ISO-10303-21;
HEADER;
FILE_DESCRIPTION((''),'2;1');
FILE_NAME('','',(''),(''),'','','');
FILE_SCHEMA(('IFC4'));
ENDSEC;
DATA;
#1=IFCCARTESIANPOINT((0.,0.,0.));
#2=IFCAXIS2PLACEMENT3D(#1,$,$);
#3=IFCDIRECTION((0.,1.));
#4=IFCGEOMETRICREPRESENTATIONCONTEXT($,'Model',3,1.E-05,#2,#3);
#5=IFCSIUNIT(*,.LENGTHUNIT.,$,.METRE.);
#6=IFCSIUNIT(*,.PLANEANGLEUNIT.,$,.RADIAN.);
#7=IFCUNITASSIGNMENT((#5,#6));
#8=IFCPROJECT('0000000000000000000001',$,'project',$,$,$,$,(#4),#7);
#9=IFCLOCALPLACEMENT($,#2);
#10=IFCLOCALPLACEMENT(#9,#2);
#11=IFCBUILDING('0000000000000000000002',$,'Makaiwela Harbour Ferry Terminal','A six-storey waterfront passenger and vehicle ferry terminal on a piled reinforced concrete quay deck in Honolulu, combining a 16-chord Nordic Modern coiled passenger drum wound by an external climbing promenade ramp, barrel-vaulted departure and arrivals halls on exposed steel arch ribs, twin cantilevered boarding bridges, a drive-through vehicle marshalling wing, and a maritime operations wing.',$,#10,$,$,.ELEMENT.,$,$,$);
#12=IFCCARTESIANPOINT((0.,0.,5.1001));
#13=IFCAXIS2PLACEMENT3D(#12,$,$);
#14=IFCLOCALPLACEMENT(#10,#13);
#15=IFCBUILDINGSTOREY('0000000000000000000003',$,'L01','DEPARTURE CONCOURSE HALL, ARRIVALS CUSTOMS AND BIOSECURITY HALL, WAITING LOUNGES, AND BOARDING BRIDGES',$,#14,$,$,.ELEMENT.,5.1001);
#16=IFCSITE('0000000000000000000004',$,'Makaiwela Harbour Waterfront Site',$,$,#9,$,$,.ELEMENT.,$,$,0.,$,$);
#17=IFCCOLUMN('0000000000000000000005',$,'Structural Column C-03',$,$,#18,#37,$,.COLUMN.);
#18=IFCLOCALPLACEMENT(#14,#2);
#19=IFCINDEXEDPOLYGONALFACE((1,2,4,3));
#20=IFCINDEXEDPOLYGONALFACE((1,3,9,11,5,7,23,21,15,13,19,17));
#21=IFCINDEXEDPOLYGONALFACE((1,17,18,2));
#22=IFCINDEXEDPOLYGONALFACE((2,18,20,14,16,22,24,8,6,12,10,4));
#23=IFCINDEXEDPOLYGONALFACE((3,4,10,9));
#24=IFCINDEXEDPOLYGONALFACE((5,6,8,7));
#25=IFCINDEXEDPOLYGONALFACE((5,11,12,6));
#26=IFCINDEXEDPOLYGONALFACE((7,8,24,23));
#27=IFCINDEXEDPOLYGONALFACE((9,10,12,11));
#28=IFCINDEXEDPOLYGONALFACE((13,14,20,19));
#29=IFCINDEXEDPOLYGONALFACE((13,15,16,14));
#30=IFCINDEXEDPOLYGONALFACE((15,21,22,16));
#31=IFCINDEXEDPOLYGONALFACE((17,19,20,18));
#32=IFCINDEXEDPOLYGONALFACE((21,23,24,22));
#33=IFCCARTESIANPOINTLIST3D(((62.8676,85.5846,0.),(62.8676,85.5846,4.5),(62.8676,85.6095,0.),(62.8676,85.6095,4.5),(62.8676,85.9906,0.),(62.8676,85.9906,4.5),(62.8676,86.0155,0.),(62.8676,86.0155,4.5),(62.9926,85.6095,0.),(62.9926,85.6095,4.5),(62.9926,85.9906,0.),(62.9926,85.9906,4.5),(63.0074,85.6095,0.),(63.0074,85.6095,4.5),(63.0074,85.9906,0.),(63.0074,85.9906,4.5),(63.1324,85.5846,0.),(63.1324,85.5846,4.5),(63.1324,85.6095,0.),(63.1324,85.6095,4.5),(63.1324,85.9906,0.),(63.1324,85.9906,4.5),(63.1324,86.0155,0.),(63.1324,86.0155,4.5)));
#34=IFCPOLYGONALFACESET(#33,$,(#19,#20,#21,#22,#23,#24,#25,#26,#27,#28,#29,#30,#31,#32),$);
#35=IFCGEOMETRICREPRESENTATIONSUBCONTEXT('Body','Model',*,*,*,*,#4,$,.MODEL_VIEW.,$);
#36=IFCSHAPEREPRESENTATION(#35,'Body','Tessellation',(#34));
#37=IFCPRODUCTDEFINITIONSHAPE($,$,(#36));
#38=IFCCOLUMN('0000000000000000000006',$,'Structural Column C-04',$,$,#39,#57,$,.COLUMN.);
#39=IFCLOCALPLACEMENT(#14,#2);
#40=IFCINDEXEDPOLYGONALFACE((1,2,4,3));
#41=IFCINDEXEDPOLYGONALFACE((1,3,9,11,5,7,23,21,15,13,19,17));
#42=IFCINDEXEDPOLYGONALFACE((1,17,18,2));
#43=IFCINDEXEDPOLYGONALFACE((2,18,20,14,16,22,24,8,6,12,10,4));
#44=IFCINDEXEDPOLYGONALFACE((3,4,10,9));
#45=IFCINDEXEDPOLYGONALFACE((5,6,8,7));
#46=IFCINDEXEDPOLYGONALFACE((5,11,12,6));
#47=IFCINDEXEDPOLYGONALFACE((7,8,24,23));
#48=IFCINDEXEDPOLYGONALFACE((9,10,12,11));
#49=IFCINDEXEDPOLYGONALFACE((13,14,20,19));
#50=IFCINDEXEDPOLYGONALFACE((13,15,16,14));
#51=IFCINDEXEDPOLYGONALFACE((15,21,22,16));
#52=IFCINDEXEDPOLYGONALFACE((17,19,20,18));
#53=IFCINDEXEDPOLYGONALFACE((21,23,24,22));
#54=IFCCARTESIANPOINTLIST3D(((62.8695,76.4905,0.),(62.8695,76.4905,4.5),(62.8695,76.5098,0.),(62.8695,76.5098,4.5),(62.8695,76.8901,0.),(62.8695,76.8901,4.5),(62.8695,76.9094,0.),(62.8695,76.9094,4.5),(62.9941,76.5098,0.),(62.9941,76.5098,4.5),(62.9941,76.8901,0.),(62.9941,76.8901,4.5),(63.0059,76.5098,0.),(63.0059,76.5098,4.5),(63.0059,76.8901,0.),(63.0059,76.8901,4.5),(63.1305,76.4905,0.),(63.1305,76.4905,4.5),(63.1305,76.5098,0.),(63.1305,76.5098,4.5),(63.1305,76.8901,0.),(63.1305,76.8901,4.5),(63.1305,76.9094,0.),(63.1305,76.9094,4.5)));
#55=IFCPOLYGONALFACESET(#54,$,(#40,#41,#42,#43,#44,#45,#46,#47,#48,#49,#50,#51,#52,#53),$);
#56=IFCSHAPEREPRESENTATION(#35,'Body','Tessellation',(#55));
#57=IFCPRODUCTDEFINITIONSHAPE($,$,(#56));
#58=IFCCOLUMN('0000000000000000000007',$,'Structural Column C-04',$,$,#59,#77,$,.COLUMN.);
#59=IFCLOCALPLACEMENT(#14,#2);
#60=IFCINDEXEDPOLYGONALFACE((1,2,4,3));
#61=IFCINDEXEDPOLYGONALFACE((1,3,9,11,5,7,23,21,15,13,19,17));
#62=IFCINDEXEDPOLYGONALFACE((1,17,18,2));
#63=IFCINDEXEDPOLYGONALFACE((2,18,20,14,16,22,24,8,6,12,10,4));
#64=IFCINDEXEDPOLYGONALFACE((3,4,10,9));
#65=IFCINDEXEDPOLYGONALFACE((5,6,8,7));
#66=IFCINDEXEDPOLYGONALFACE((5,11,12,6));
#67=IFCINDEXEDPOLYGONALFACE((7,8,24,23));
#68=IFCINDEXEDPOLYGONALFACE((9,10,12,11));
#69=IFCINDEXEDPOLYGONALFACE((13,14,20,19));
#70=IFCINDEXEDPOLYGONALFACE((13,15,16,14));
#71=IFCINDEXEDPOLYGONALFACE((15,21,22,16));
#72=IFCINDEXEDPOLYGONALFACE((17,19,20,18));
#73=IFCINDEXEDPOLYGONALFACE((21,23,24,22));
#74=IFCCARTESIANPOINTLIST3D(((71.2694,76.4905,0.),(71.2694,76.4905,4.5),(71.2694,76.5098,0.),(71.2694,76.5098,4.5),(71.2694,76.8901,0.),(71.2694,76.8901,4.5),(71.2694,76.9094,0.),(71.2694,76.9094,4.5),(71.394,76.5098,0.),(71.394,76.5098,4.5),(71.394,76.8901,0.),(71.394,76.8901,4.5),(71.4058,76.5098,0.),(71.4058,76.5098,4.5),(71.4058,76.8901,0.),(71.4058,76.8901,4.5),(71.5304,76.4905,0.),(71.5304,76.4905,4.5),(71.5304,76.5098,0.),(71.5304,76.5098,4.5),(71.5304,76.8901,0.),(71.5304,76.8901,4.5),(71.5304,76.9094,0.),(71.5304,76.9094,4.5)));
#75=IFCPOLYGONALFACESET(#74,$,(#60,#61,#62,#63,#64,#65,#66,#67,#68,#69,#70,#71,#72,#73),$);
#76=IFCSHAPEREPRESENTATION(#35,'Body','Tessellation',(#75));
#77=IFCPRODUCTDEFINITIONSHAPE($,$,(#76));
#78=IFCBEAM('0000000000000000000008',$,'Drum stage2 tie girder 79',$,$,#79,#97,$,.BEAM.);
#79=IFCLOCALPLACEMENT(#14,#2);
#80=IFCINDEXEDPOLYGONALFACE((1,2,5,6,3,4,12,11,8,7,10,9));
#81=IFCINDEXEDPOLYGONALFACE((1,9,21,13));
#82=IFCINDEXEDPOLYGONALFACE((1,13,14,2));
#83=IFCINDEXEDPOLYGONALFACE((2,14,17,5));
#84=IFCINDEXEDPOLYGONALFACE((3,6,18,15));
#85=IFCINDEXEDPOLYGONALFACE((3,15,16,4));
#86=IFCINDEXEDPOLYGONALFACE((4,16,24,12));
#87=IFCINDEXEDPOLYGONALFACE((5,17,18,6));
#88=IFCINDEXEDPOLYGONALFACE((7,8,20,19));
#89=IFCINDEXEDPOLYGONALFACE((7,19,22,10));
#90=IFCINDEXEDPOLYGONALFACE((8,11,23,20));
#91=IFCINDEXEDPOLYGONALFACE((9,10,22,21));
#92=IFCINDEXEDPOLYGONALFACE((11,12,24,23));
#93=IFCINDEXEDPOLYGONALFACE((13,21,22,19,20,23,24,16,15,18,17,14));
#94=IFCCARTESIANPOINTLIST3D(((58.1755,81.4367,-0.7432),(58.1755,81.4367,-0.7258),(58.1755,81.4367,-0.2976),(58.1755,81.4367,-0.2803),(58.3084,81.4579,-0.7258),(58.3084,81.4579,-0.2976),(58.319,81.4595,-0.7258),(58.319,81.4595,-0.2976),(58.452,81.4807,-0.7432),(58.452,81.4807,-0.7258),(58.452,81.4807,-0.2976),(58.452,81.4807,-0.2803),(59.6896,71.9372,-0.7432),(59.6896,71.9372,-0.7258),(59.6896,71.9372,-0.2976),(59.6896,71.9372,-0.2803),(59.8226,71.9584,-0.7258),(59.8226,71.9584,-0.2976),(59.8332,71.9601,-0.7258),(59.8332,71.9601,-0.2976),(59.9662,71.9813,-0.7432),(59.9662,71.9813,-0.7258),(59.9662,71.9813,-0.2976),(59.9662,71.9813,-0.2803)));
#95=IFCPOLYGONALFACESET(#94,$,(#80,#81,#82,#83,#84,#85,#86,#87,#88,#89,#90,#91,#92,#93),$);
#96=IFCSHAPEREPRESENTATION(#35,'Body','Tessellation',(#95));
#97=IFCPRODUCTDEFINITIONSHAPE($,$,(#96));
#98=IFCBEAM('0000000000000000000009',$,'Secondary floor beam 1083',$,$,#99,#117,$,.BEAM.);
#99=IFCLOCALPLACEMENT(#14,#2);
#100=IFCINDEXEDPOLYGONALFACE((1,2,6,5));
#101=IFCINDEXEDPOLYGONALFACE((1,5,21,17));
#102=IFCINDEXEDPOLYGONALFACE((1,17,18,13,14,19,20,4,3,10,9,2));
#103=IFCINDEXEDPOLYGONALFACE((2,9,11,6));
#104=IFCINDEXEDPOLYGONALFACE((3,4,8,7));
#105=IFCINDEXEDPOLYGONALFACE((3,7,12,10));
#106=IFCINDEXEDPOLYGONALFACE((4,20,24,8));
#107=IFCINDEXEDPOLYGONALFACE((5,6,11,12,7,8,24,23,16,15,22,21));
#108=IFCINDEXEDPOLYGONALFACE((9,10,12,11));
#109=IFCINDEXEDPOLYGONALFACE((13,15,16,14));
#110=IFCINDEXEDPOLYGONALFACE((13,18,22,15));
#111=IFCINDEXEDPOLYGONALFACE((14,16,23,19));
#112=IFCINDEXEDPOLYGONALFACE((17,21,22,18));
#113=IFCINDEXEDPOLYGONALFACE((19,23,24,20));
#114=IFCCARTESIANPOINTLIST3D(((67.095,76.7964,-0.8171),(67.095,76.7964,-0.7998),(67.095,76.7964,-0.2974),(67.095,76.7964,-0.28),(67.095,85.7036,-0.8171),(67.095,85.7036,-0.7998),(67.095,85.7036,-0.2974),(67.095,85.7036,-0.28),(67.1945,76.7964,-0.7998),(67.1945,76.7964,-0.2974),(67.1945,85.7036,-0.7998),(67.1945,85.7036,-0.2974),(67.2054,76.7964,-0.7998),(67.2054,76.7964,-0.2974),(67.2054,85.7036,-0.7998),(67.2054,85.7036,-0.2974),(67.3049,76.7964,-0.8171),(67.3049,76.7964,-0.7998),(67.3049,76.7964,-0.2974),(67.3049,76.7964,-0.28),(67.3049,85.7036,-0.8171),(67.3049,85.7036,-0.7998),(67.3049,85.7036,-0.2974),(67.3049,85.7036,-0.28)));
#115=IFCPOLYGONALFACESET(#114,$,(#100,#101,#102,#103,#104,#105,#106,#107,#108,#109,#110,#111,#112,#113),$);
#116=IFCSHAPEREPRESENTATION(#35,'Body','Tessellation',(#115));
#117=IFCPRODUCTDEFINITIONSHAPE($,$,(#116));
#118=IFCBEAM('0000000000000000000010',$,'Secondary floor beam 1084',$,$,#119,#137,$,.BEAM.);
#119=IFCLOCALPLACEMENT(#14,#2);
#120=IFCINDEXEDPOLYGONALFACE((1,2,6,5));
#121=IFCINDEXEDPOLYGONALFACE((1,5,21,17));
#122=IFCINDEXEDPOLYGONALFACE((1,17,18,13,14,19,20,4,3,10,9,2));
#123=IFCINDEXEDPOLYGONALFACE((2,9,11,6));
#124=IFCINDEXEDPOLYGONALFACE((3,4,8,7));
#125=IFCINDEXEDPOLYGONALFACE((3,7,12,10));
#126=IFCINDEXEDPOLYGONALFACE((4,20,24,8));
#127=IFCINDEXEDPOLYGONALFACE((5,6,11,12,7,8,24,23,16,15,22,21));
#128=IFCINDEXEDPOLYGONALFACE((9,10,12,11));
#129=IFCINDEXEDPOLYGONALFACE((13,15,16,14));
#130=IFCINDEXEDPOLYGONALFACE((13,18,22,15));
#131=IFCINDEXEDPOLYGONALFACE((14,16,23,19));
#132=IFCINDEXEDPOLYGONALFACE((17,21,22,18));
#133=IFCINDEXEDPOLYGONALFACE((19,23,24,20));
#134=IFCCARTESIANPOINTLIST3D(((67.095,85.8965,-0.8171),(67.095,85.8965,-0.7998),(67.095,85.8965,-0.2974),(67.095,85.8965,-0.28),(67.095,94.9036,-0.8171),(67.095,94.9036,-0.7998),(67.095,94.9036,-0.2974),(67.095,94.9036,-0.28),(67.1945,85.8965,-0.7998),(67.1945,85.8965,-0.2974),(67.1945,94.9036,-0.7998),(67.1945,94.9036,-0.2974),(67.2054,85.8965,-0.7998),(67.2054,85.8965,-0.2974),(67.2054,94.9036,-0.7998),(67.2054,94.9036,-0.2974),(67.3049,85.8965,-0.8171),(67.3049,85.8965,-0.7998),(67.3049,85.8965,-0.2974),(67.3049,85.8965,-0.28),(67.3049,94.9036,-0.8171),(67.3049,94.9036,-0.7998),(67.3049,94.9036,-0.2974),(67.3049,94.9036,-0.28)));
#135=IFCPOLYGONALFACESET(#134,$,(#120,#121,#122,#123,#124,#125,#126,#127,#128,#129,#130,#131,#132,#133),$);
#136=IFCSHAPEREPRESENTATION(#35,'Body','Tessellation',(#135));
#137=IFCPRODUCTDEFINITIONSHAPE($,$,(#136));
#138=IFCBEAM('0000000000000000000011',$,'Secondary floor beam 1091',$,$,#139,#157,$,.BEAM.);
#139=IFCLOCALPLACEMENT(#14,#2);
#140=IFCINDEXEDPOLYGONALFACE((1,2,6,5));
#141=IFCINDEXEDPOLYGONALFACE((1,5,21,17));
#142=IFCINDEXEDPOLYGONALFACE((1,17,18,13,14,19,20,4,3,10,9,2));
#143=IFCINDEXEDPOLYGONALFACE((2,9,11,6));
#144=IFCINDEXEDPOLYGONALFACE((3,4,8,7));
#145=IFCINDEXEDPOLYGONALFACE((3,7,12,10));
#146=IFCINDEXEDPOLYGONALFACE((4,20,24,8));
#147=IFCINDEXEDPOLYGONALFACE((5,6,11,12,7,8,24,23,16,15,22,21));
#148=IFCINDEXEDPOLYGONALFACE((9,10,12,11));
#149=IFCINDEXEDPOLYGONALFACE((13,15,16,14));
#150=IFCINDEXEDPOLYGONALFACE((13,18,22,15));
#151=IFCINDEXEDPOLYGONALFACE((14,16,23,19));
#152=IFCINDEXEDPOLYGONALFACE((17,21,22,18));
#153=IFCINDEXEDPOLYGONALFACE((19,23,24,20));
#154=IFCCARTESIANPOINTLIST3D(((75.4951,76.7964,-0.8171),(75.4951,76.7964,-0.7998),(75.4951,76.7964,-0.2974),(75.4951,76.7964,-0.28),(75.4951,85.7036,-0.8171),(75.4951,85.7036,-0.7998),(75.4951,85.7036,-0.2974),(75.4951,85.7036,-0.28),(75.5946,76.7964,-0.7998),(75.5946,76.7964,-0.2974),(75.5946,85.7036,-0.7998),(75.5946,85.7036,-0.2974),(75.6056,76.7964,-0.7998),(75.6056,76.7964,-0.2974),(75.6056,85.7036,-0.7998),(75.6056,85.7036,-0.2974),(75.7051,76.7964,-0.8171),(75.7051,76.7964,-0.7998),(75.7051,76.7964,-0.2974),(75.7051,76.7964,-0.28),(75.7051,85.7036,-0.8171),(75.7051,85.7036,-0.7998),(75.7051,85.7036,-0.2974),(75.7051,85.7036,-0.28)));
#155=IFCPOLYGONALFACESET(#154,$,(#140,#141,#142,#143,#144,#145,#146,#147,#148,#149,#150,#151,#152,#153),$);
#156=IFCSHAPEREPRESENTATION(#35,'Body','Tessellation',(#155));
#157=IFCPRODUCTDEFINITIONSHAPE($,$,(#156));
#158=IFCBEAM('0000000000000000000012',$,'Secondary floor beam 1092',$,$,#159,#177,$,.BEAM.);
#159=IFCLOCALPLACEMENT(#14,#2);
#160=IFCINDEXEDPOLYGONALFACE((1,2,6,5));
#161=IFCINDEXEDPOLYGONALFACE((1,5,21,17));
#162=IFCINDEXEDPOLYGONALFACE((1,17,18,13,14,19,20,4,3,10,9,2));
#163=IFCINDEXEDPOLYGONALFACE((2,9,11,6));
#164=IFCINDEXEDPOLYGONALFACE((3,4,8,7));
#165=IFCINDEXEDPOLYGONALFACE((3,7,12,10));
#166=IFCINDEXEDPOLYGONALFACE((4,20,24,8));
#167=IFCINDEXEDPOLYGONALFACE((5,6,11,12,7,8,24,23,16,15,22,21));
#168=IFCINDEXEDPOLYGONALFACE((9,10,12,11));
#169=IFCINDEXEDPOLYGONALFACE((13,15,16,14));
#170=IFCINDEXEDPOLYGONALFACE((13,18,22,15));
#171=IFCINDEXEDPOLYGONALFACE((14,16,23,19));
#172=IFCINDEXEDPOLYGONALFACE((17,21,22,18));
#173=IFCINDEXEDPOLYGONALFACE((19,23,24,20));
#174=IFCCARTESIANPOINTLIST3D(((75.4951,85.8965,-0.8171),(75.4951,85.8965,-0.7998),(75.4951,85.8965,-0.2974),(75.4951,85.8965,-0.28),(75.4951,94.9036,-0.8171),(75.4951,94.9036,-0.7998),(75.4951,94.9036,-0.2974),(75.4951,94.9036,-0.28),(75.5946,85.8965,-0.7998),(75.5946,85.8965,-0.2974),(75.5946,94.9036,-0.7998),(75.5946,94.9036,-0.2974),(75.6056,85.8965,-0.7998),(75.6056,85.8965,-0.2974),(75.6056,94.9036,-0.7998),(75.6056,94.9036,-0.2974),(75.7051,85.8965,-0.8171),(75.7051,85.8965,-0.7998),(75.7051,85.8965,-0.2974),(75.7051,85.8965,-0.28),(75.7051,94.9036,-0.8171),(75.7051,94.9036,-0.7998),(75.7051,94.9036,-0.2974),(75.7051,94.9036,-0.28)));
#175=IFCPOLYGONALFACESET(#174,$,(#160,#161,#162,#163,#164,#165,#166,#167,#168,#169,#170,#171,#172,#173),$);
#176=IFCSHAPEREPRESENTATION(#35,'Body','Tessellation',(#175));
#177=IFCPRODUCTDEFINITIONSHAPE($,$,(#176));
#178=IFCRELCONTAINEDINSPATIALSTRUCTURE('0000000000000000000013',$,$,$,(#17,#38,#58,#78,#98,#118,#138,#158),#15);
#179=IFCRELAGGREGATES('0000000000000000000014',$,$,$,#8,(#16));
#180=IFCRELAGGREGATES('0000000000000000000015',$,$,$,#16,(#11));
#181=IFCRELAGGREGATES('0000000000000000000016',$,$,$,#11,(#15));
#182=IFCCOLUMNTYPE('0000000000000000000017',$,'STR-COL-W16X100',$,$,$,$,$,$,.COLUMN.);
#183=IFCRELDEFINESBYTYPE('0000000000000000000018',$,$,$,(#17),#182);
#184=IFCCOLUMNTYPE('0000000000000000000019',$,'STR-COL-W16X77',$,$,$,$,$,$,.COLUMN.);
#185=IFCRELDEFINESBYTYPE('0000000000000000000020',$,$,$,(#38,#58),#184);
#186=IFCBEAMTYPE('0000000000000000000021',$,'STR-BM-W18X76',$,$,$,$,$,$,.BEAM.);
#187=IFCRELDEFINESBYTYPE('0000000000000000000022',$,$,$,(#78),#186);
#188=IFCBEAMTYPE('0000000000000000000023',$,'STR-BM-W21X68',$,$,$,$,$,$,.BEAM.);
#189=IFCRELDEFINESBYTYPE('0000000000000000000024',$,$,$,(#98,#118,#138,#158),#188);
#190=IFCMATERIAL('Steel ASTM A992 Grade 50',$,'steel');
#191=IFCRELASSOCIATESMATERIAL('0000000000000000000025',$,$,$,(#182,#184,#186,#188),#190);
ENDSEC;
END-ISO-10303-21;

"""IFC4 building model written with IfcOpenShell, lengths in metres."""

from ifc_helpers import new_model, si_unit, direction, frame, origin, origin_2d, place, context, subcontext, project, spatial, i_section, extrude, material, material_profile, profile_set, type_object, element, save


model = new_model("IFC4")

# Units and contexts
model_context = context("Model", 3, precision=1e-05, world=origin(), true_north=direction((0.0, 1.0)))
body_context = subcontext(model_context, "Body", "Model", "MODEL_VIEW")
ifc_project = project(units=[si_unit("LENGTHUNIT", "METRE"), si_unit("PLANEANGLEUNIT", "RADIAN")], contexts=[model_context])

# Site, building, storey
site_placement = place(None, origin())
site = spatial("IfcSite", under=ifc_project, at=site_placement, Name="Makaiwela Harbour Waterfront Site", CompositionType="ELEMENT", RefElevation=0.0)
building_placement = place(site_placement, origin())
building = spatial("IfcBuilding", under=site, at=building_placement, Name="Makaiwela Harbour Ferry Terminal", Description="A six-storey waterfront passenger and vehicle ferry terminal on a piled reinforced concrete quay deck in Honolulu, combining a 16-chord Nordic Modern coiled passenger drum wound by an external climbing promenade ramp, barrel-vaulted departure and arrivals halls on exposed steel arch ribs, twin cantilevered boarding bridges, a drive-through vehicle marshalling wing, and a maritime operations wing.", CompositionType="ELEMENT")
storey_placement = place(building_placement, frame((0.0, 0.0, 5.1001)))
storey = spatial("IfcBuildingStorey", under=building, at=storey_placement, Name="L01", Description="DEPARTURE CONCOURSE HALL, ARRIVALS CUSTOMS AND BIOSECURITY HALL, WAITING LOUNGES, AND BOARDING BRIDGES", CompositionType="ELEMENT", Elevation=5.1001)

# Columns
ifc_material_1 = material(Name="Steel ASTM A992 Grade 50", Category="steel")
ifc_material_profile_1 = material_profile(ifc_material_1, i_section(OverallWidth=0.2649, OverallDepth=0.4309, WebThickness=0.0149, FlangeThickness=0.0249, at=origin_2d()), Name="W16X100")
ifc_profile_set_1 = profile_set([ifc_material_profile_1], Name="Steel ASTM A992 Grade 50")
column_type_1 = type_object("IfcColumnType", Name="STR-COL-W16X100", PredefinedType="COLUMN", material=ifc_profile_set_1)
column_placement = place(storey_placement, frame((63.0, 85.8, 0.0), z_axis=(0.0, 0.0, 1.0), x_axis=(1.0, 0.0, 0.0)))
element("IfcColumn", 1, at=column_placement, inside=storey, type_object=column_type_1, Name="Structural Column C-03", PredefinedType="COLUMN", context=body_context, shape_type="SweptSolid", body=[
    extrude(i_section(OverallWidth=0.2649, OverallDepth=0.4309, WebThickness=0.0149, FlangeThickness=0.0249, at=origin_2d()), origin(), (0.0, 0.0, 1.0), 4.5),
])
ifc_material_profile_2 = material_profile(ifc_material_1, i_section(OverallWidth=0.261, OverallDepth=0.4189, WebThickness=0.0117, FlangeThickness=0.0193, at=origin_2d()), Name="W16X77")
ifc_profile_set_2 = profile_set([ifc_material_profile_2], Name="Steel ASTM A992 Grade 50")
column_type_2 = type_object("IfcColumnType", Name="STR-COL-W16X77", PredefinedType="COLUMN", material=ifc_profile_set_2)
for number, where, z_axis, x_axis, name in (
    (2, (63.0, 76.7, 0.0), (0.0, 0.0, 1.0), (1.0, 0.0, 0.0), "Structural Column C-04"),
    (3, (71.3999, 76.7, 0.0), (0.0, 0.0, 1.0), (1.0, 0.0, 0.0), "Structural Column C-04"),
):
    element("IfcColumn", number, at=place(storey_placement, frame(where, z_axis=z_axis, x_axis=x_axis)), inside=storey, type_object=column_type_2, Name=name, PredefinedType="COLUMN", context=body_context, shape_type="SweptSolid", body=[
        extrude(i_section(OverallWidth=0.261, OverallDepth=0.4189, WebThickness=0.0117, FlangeThickness=0.0193, at=origin_2d()), origin(), (0.0, 0.0, 1.0), 4.5),
    ])

# Beams
ifc_material_profile_3 = material_profile(ifc_material_1, i_section(OverallWidth=0.28, OverallDepth=0.4629, WebThickness=0.0107, FlangeThickness=0.0173, at=origin_2d()), Name="W18X76")
ifc_profile_set_3 = profile_set([ifc_material_profile_3], Name="Steel ASTM A992 Grade 50")
beam_type_1 = type_object("IfcBeamType", Name="STR-BM-W18X76", PredefinedType="BEAM", material=ifc_profile_set_3)
beam_1_placement = place(storey_placement, frame((59.8279, 71.9592, -0.5117), z_axis=(-0.157406, 0.987534, 0.0), x_axis=(-0.987534, -0.157406, 0.0)))
element("IfcBeam", 4, at=beam_1_placement, inside=storey, type_object=beam_type_1, Name="Drum stage2 tie girder 79", PredefinedType="BEAM", context=body_context, shape_type="SweptSolid", body=[
    extrude(i_section(OverallWidth=0.28, OverallDepth=0.4629, WebThickness=0.0107, FlangeThickness=0.0173, at=origin_2d()), origin(), (0.0, 0.0, 1.0), 9.6194),
])
ifc_material_profile_4 = material_profile(ifc_material_1, i_section(OverallWidth=0.21, OverallDepth=0.5371, WebThickness=0.011, FlangeThickness=0.0173, at=origin_2d()), Name="W21X68")
ifc_profile_set_4 = profile_set([ifc_material_profile_4], Name="Steel ASTM A992 Grade 50")
beam_type_2 = type_object("IfcBeamType", Name="STR-BM-W21X68", PredefinedType="BEAM", material=ifc_profile_set_4)
beam_2_placement = place(storey_placement, frame((67.2, 76.7964, -0.5486), z_axis=(0.0, 1.0, 0.0), x_axis=(-1.0, 0.0, 0.0)))
element("IfcBeam", 5, at=beam_2_placement, inside=storey, type_object=beam_type_2, Name="Secondary floor beam 1083", PredefinedType="BEAM", context=body_context, shape_type="SweptSolid", body=[
    extrude(i_section(OverallWidth=0.21, OverallDepth=0.5371, WebThickness=0.011, FlangeThickness=0.0173, at=origin_2d()), origin(), (0.0, 0.0, 1.0), 8.9072),
])
beam_3_placement = place(storey_placement, frame((67.2, 85.8965, -0.5486), z_axis=(0.0, 1.0, 0.0), x_axis=(-1.0, 0.0, 0.0)))
element("IfcBeam", 6, at=beam_3_placement, inside=storey, type_object=beam_type_2, Name="Secondary floor beam 1084", PredefinedType="BEAM", context=body_context, shape_type="SweptSolid", body=[
    extrude(i_section(OverallWidth=0.21, OverallDepth=0.5371, WebThickness=0.011, FlangeThickness=0.0173, at=origin_2d()), origin(), (0.0, 0.0, 1.0), 9.0071),
])
beam_4_placement = place(storey_placement, frame((75.6001, 76.7964, -0.5486), z_axis=(0.0, 1.0, 0.0), x_axis=(-1.0, 0.0, 0.0)))
element("IfcBeam", 7, at=beam_4_placement, inside=storey, type_object=beam_type_2, Name="Secondary floor beam 1091", PredefinedType="BEAM", context=body_context, shape_type="SweptSolid", body=[
    extrude(i_section(OverallWidth=0.21, OverallDepth=0.5371, WebThickness=0.011, FlangeThickness=0.0173, at=origin_2d()), origin(), (0.0, 0.0, 1.0), 8.9072),
])
beam_5_placement = place(storey_placement, frame((75.6001, 85.8965, -0.5486), z_axis=(0.0, 1.0, 0.0), x_axis=(-1.0, 0.0, 0.0)))
element("IfcBeam", 8, at=beam_5_placement, inside=storey, type_object=beam_type_2, Name="Secondary floor beam 1092", PredefinedType="BEAM", context=body_context, shape_type="SweptSolid", body=[
    extrude(i_section(OverallWidth=0.21, OverallDepth=0.5371, WebThickness=0.011, FlangeThickness=0.0173, at=origin_2d()), origin(), (0.0, 0.0, 1.0), 9.0071),
])

save(model, "model.ifc")
